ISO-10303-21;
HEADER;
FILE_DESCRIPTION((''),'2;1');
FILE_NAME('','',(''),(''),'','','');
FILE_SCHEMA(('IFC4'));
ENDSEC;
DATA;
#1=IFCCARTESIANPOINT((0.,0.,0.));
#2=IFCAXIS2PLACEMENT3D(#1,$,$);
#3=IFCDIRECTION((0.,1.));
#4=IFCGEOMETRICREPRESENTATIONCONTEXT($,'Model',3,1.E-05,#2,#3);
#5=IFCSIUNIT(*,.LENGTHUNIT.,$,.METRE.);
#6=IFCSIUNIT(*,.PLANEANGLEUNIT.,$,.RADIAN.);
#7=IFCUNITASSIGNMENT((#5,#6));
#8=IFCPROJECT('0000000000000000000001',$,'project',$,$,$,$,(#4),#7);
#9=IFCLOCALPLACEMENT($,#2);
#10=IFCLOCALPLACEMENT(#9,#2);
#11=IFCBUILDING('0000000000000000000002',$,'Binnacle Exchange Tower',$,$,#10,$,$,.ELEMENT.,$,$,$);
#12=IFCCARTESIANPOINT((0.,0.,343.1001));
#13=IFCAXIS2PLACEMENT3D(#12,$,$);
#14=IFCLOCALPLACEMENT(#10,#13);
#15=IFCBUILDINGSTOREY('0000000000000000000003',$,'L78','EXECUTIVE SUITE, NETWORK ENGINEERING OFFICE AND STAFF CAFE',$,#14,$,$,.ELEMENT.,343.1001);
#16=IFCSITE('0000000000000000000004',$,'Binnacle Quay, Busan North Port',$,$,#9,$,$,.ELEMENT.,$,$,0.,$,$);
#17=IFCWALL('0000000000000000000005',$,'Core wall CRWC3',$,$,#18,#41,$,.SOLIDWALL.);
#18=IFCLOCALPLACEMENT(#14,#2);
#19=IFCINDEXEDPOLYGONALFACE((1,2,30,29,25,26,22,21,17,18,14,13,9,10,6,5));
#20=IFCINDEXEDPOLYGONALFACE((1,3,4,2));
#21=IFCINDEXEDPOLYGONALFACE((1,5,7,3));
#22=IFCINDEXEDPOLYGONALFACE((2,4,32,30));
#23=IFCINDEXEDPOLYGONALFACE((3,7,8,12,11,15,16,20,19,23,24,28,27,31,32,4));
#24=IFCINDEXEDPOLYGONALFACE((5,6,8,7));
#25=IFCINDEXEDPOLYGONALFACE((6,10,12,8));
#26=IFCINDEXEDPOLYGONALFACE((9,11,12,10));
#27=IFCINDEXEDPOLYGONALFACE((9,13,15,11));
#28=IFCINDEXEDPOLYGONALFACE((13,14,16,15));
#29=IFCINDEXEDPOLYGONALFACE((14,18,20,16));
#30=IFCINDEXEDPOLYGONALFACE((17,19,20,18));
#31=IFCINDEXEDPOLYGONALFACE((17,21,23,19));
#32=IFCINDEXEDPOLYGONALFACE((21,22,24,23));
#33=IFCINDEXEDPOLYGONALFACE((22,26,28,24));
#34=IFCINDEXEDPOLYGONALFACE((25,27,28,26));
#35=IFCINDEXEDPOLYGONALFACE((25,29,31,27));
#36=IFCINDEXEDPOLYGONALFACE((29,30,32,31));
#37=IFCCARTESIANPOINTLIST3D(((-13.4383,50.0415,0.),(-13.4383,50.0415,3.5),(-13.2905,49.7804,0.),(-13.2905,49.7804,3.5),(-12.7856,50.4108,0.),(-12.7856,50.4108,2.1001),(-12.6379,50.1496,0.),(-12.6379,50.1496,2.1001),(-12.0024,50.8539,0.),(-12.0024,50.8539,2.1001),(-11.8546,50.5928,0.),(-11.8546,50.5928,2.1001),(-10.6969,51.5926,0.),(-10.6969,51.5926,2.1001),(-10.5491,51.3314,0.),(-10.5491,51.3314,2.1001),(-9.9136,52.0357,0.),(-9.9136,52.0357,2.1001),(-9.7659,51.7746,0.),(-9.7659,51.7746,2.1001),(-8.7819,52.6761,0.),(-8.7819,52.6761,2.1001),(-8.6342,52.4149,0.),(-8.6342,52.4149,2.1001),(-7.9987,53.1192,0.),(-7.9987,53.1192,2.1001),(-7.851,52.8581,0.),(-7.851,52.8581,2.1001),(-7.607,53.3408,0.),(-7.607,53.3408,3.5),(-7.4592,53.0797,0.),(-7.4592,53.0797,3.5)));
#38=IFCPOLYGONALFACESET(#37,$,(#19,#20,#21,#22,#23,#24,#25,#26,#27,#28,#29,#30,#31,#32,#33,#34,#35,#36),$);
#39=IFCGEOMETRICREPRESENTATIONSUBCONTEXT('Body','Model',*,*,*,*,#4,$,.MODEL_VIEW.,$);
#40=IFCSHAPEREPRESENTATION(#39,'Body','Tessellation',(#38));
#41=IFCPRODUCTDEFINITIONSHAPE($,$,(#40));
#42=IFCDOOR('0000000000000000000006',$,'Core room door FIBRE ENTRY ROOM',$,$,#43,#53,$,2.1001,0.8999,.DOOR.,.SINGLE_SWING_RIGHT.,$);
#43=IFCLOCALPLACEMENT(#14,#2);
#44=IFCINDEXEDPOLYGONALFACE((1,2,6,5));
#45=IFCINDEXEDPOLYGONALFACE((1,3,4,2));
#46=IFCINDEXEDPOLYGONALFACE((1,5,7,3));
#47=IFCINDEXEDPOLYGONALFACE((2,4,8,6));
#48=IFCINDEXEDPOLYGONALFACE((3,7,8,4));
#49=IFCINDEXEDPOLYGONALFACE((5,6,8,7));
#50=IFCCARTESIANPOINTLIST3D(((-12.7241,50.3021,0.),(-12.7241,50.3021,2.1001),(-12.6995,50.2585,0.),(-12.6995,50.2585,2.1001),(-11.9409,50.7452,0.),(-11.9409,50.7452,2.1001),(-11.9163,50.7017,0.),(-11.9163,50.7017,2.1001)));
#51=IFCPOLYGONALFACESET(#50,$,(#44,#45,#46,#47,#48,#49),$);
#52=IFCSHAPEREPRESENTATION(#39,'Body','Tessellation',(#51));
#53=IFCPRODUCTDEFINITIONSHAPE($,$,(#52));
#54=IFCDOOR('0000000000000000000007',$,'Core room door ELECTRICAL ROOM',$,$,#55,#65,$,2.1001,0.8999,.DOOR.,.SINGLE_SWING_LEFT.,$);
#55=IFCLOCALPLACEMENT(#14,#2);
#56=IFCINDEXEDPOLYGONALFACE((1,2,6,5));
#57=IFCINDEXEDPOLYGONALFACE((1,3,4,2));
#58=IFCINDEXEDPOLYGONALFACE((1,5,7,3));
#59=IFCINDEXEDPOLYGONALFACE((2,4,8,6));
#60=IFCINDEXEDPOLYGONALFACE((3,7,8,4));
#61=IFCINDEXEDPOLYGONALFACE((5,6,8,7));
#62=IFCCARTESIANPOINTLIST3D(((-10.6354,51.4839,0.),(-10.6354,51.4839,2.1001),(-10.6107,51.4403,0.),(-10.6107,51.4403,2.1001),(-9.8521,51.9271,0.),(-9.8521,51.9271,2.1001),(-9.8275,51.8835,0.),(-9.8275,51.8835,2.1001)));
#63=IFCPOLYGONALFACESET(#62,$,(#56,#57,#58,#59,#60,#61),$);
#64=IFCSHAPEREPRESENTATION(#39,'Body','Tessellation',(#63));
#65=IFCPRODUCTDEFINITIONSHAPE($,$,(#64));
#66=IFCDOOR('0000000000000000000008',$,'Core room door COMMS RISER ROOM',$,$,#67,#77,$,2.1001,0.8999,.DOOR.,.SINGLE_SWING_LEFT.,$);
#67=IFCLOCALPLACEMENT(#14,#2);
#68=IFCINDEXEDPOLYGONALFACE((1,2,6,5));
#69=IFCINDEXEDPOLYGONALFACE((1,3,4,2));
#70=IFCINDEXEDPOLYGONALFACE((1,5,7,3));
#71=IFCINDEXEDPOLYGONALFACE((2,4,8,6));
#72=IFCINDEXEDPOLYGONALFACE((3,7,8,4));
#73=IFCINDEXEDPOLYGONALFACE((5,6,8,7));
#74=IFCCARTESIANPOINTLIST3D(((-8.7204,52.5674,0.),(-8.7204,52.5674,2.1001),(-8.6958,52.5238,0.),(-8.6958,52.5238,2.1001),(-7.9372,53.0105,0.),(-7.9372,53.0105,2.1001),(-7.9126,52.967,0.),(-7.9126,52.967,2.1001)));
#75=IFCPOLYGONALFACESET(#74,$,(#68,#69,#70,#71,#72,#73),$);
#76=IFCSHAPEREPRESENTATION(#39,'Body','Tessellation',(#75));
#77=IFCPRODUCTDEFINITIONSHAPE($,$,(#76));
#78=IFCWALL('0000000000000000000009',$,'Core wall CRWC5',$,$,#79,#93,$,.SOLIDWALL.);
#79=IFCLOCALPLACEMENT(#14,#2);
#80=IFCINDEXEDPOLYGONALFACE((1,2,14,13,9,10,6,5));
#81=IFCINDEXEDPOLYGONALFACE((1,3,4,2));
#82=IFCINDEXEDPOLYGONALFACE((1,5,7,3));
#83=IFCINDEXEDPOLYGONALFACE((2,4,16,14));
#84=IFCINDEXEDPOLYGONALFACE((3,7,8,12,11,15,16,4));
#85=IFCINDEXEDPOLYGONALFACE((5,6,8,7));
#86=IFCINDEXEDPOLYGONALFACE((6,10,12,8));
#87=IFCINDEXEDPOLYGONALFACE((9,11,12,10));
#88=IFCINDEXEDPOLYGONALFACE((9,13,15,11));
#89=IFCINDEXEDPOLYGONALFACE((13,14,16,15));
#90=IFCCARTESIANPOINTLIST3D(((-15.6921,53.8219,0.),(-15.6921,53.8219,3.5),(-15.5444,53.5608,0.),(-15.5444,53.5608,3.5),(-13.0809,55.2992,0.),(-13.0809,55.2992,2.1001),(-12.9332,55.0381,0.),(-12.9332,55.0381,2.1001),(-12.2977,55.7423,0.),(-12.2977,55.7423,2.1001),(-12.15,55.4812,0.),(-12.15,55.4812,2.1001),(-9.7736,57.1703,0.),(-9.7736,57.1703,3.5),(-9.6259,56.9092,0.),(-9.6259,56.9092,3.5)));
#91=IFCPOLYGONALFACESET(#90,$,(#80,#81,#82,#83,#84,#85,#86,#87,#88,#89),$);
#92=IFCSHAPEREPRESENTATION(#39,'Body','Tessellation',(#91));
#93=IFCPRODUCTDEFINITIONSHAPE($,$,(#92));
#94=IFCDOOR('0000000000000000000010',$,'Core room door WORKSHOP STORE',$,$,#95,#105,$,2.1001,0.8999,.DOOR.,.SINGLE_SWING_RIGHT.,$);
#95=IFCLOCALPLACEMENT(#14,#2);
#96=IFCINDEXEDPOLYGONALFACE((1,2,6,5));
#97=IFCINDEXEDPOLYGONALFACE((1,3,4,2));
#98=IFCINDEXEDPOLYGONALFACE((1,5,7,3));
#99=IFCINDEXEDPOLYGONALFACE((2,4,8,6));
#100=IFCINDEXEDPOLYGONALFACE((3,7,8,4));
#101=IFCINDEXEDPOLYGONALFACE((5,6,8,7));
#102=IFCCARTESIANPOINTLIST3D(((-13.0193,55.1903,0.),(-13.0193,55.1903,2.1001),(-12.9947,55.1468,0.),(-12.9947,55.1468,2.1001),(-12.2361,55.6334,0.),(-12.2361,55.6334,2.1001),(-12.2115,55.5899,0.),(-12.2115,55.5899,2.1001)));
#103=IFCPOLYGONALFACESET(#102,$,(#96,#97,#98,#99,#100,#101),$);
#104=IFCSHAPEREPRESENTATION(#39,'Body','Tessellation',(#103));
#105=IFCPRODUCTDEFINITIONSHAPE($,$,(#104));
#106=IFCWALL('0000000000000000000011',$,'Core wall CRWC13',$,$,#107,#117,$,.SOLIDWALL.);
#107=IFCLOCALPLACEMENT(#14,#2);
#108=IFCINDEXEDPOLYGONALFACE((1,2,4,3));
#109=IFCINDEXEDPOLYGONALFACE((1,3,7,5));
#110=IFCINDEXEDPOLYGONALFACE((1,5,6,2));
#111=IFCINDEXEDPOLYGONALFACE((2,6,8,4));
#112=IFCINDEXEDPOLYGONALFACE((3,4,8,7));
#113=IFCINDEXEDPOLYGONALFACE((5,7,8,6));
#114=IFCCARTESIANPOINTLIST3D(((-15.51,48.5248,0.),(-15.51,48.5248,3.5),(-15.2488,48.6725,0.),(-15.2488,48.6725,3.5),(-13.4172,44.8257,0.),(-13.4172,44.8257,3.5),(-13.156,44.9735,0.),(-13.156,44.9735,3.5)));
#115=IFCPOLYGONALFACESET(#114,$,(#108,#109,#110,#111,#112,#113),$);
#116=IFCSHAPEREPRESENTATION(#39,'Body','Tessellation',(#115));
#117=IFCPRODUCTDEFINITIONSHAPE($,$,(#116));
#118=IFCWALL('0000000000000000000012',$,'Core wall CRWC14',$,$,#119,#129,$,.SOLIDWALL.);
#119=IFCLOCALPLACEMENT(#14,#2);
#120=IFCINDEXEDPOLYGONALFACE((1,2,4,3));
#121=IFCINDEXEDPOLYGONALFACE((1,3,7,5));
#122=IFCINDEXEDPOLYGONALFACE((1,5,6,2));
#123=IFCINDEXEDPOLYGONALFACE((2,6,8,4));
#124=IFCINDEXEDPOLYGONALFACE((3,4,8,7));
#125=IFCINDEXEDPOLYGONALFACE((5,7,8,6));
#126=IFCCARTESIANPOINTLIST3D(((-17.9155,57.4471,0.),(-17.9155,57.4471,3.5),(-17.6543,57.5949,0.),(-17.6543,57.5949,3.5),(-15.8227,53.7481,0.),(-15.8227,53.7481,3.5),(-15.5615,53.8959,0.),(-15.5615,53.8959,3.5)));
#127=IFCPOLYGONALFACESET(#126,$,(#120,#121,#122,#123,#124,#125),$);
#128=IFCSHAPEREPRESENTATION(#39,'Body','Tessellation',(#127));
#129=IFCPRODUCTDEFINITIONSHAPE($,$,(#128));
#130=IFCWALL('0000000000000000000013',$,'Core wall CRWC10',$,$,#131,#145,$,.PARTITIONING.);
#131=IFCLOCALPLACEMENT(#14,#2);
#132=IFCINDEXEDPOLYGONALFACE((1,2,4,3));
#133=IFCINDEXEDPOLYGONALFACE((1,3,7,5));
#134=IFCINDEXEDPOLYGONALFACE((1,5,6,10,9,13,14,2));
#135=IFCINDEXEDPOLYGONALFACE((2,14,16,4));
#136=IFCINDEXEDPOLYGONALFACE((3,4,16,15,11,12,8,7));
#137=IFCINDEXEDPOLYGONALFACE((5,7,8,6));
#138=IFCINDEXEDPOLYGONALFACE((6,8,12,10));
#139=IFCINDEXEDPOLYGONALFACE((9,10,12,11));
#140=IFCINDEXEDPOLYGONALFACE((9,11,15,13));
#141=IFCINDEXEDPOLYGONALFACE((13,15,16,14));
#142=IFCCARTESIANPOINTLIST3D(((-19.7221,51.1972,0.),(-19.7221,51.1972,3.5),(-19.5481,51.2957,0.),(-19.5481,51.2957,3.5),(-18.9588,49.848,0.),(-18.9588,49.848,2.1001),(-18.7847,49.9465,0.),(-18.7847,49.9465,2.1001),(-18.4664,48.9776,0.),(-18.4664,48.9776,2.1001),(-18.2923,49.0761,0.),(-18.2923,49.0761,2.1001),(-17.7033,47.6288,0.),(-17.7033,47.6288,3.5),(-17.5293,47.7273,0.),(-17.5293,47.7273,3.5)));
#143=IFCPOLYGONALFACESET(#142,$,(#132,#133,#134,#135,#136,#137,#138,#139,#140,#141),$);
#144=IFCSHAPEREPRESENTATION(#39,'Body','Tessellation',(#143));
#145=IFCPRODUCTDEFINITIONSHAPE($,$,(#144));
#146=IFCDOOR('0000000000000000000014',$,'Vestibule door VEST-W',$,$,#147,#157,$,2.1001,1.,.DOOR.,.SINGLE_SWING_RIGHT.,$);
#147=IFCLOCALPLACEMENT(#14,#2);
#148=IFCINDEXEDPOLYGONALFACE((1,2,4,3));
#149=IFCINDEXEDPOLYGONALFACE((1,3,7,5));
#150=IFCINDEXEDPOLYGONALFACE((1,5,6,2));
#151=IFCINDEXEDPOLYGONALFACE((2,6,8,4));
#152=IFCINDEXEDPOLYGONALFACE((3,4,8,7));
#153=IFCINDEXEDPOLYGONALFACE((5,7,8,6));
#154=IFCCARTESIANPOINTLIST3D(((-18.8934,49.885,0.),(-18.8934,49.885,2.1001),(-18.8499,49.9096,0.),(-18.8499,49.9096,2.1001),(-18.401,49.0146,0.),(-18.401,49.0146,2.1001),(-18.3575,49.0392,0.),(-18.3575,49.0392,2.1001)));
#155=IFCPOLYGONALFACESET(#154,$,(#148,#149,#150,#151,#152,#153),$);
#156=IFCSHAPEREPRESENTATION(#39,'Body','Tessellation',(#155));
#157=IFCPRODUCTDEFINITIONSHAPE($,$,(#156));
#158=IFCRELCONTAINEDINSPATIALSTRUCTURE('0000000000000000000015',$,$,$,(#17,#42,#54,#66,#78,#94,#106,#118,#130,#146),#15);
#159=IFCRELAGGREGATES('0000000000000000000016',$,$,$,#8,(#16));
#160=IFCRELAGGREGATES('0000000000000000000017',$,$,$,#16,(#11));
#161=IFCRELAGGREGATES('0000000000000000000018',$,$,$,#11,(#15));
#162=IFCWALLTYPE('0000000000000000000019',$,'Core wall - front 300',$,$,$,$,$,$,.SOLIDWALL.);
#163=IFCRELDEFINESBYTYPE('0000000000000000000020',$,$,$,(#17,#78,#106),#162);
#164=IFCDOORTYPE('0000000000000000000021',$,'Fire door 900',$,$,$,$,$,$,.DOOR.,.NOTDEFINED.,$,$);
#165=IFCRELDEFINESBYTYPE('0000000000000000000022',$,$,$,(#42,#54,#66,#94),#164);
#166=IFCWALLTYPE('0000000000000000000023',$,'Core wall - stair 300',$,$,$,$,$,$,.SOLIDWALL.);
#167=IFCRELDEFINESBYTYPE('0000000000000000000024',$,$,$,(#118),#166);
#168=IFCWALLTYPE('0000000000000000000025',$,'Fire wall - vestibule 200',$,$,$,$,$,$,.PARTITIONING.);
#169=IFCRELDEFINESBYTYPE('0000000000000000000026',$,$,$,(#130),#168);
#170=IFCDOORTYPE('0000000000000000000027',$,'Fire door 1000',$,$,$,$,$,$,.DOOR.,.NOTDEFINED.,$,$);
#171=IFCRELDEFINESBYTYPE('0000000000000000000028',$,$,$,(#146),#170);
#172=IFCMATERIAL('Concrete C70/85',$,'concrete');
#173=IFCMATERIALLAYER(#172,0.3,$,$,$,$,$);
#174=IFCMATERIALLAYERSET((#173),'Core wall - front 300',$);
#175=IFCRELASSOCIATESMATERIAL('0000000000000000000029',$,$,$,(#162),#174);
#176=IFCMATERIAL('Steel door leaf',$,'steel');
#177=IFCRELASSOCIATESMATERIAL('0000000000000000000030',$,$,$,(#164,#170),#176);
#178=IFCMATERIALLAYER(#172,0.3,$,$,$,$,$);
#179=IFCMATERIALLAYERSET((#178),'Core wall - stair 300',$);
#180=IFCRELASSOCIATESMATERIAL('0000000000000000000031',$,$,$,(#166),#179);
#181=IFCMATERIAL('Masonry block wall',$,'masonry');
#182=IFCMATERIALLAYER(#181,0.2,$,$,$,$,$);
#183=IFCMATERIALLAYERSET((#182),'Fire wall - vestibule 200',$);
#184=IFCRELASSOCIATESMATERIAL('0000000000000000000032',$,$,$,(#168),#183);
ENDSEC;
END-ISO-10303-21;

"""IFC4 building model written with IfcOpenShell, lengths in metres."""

from ifc_helpers import new_model, si_unit, direction, frame, frame_2d, origin, place, context, subcontext, project, spatial, rectangle, extrude, material, layer, layer_set, type_object, element, fill, save


model = new_model("IFC4")

# Units and contexts
model_context = context("Model", 3, precision=1e-05, world=origin(), true_north=direction((0.0, 1.0)))
body_context = subcontext(model_context, "Body", "Model", "MODEL_VIEW")
ifc_project = project(units=[si_unit("LENGTHUNIT", "METRE"), si_unit("PLANEANGLEUNIT", "RADIAN")], contexts=[model_context])

# Site, building, storey
site_placement = place(None, origin())
site = spatial("IfcSite", under=ifc_project, at=site_placement, Name="Binnacle Quay, Busan North Port", CompositionType="ELEMENT", RefElevation=0.0)
building_placement = place(site_placement, origin())
building = spatial("IfcBuilding", under=site, at=building_placement, Name="Binnacle Exchange Tower", CompositionType="ELEMENT")
storey_placement = place(building_placement, frame((0.0, 0.0, 343.1001)))
storey = spatial("IfcBuildingStorey", under=building, at=storey_placement, Name="L78", Description="EXECUTIVE SUITE, NETWORK ENGINEERING OFFICE AND STAFF CAFE", CompositionType="ELEMENT", Elevation=343.1001)

# Wall, openings, doors
ifc_material_1 = material(Name="Concrete C70/85", Category="concrete")
ifc_layer_1 = layer(ifc_material_1, 0.3)
ifc_layer_set_1 = layer_set([ifc_layer_1], Name="Core wall - front 300")
wall_type_1 = type_object("IfcWallType", Name="Core wall - front 300", PredefinedType="SOLIDWALL", material=ifc_layer_set_1)
wall_1_placement = place(storey_placement, frame((-13.3645, 49.9109, 0.0), z_axis=(0.0, 0.0, 1.0), x_axis=(0.870348, 0.492438, 0.0)))
wall_1 = element("IfcWall", 1, at=wall_1_placement, inside=storey, type_object=wall_type_1, Name="Core wall CRWC3", PredefinedType="SOLIDWALL", context=body_context, shape_type="SweptSolid", body=[
    extrude(rectangle(XDim=6.7, YDim=0.3, at=frame_2d((3.3501, 0.0))), origin(), (0.0, 0.0, 1.0), 3.5),
])
opening_1_placement = place(wall_1_placement, frame((0.75, 0.0, 0.0)))
opening_1 = element("IfcOpeningElement", 2, at=opening_1_placement, cuts=wall_1, PredefinedType="OPENING", context=body_context, shape_type="SweptSolid", body=[
    extrude(rectangle(XDim=0.8999, YDim=2.1001, at=frame_2d((0.45, 1.05))), frame((0.0, 0.1599, 0.0), z_axis=(0.0, -1.0, 0.0), x_axis=(1.0, 0.0, 0.0)), (0.0, 0.0, 1.0), 0.3201),
])
opening_2_placement = place(wall_1_placement, frame((3.1499, 0.0, 0.0)))
opening_2 = element("IfcOpeningElement", 3, at=opening_2_placement, cuts=wall_1, PredefinedType="OPENING", context=body_context, shape_type="SweptSolid", body=[
    extrude(rectangle(XDim=0.8999, YDim=2.1001, at=frame_2d((0.45, 1.05))), frame((0.0, 0.1599, 0.0), z_axis=(0.0, -1.0, 0.0), x_axis=(1.0, 0.0, 0.0)), (0.0, 0.0, 1.0), 0.3201),
])
opening_3_placement = place(wall_1_placement, frame((5.3501, 0.0, 0.0)))
opening_3 = element("IfcOpeningElement", 4, at=opening_3_placement, cuts=wall_1, PredefinedType="OPENING", context=body_context, shape_type="SweptSolid", body=[
    extrude(rectangle(XDim=0.8999, YDim=2.1001, at=frame_2d((0.45, 1.05))), frame((0.0, 0.1599, 0.0), z_axis=(0.0, -1.0, 0.0), x_axis=(1.0, 0.0, 0.0)), (0.0, 0.0, 1.0), 0.3201),
])
ifc_material_2 = material(Name="Steel door leaf", Category="steel")
door_type_1 = type_object("IfcDoorType", Name="Fire door 900", OperationType="NOTDEFINED", PredefinedType="DOOR", material=ifc_material_2)
door_1_placement = place(opening_1_placement, frame((0.8999, 0.0, 0.0), z_axis=(0.0, 0.0, 1.0), x_axis=(-1.0, 0.0, 0.0)))
door_1 = element("IfcDoor", 5, at=door_1_placement, inside=storey, type_object=door_type_1, Name="Core room door FIBRE ENTRY ROOM", OperationType="SINGLE_SWING_RIGHT", OverallHeight=2.1001, OverallWidth=0.8999, PredefinedType="DOOR", context=body_context, shape_type="SweptSolid", body=[
    extrude(rectangle(XDim=0.8999, YDim=2.1001, at=frame_2d((0.45, 1.05))), frame((0.0, 0.0249, 0.0), z_axis=(0.0, -1.0, 0.0), x_axis=(1.0, 0.0, 0.0)), (0.0, 0.0, 1.0), 0.05),
])
fill(opening_1, door_1)
door_2_placement = place(opening_2_placement, frame((0.8999, 0.0, 0.0), z_axis=(0.0, 0.0, 1.0), x_axis=(-1.0, 0.0, 0.0)))
door_2 = element("IfcDoor", 6, at=door_2_placement, inside=storey, type_object=door_type_1, Name="Core room door ELECTRICAL ROOM", OperationType="SINGLE_SWING_LEFT", OverallHeight=2.1001, OverallWidth=0.8999, PredefinedType="DOOR", context=body_context, shape_type="SweptSolid", body=[
    extrude(rectangle(XDim=0.8999, YDim=2.1001, at=frame_2d((0.45, 1.05))), frame((0.0, 0.0249, 0.0), z_axis=(0.0, -1.0, 0.0), x_axis=(1.0, 0.0, 0.0)), (0.0, 0.0, 1.0), 0.05),
])
fill(opening_2, door_2)
door_3_placement = place(opening_3_placement, frame((0.8999, 0.0, 0.0), z_axis=(0.0, 0.0, 1.0), x_axis=(-1.0, 0.0, 0.0)))
door_3 = element("IfcDoor", 7, at=door_3_placement, inside=storey, type_object=door_type_1, Name="Core room door COMMS RISER ROOM", OperationType="SINGLE_SWING_LEFT", OverallHeight=2.1001, OverallWidth=0.8999, PredefinedType="DOOR", context=body_context, shape_type="SweptSolid", body=[
    extrude(rectangle(XDim=0.8999, YDim=2.1001, at=frame_2d((0.45, 1.05))), frame((0.0, 0.0249, 0.0), z_axis=(0.0, -1.0, 0.0), x_axis=(1.0, 0.0, 0.0)), (0.0, 0.0, 1.0), 0.05),
])
fill(opening_3, door_3)

# Wall, opening, door
wall_2_placement = place(storey_placement, frame((-15.6182, 53.6914, 0.0), z_axis=(0.0, 0.0, 1.0), x_axis=(0.870363, 0.492411, 0.0)))
wall_2 = element("IfcWall", 8, at=wall_2_placement, inside=storey, type_object=wall_type_1, Name="Core wall CRWC5", PredefinedType="SOLIDWALL", context=body_context, shape_type="SweptSolid", body=[
    extrude(rectangle(XDim=6.8, YDim=0.3, at=frame_2d((3.3999, 0.0))), origin(), (0.0, 0.0, 1.0), 3.5),
])
opening_4_placement = place(wall_2_placement, frame((3.0, 0.0, 0.0)))
opening_4 = element("IfcOpeningElement", 9, at=opening_4_placement, cuts=wall_2, PredefinedType="OPENING", context=body_context, shape_type="SweptSolid", body=[
    extrude(rectangle(XDim=0.8999, YDim=2.1001, at=frame_2d((0.45, 1.05))), frame((0.0, 0.1599, 0.0), z_axis=(0.0, -1.0, 0.0), x_axis=(1.0, 0.0, 0.0)), (0.0, 0.0, 1.0), 0.3201),
])
door_4_placement = place(opening_4_placement, origin())
door_4 = element("IfcDoor", 10, at=door_4_placement, inside=storey, type_object=door_type_1, Name="Core room door WORKSHOP STORE", OperationType="SINGLE_SWING_RIGHT", OverallHeight=2.1001, OverallWidth=0.8999, PredefinedType="DOOR", context=body_context, shape_type="SweptSolid", body=[
    extrude(rectangle(XDim=0.8999, YDim=2.1001, at=frame_2d((0.45, 1.05))), frame((0.0, 0.0249, 0.0), z_axis=(0.0, -1.0, 0.0), x_axis=(1.0, 0.0, 0.0)), (0.0, 0.0, 1.0), 0.05),
])
fill(opening_4, door_4)

# Walls
wall_3_placement = place(storey_placement, frame((-15.3794, 48.5986, 0.0), z_axis=(0.0, 0.0, 1.0), x_axis=(0.492423, -0.870356, 0.0)))
element("IfcWall", 11, at=wall_3_placement, inside=storey, type_object=wall_type_1, Name="Core wall CRWC13", PredefinedType="SOLIDWALL", context=body_context, shape_type="SweptSolid", body=[
    extrude(rectangle(XDim=4.25, YDim=0.3, at=frame_2d((2.125, 0.0))), origin(), (0.0, 0.0, 1.0), 3.5),
])
ifc_layer_2 = layer(ifc_material_1, 0.3)
ifc_layer_set_2 = layer_set([ifc_layer_2], Name="Core wall - stair 300")
wall_type_2 = type_object("IfcWallType", Name="Core wall - stair 300", PredefinedType="SOLIDWALL", material=ifc_layer_set_2)
wall_4_placement = place(storey_placement, frame((-17.7849, 57.521, 0.0), z_axis=(0.0, 0.0, 1.0), x_axis=(0.492423, -0.870356, 0.0)))
element("IfcWall", 12, at=wall_4_placement, inside=storey, type_object=wall_type_2, Name="Core wall CRWC14", PredefinedType="SOLIDWALL", context=body_context, shape_type="SweptSolid", body=[
    extrude(rectangle(XDim=4.25, YDim=0.3, at=frame_2d((2.125, 0.0))), origin(), (0.0, 0.0, 1.0), 3.5),
])

# Wall, opening, door
ifc_material_3 = material(Name="Masonry block wall", Category="masonry")
ifc_layer_3 = layer(ifc_material_3, 0.2)
ifc_layer_set_3 = layer_set([ifc_layer_3], Name="Fire wall - vestibule 200")
wall_type_3 = type_object("IfcWallType", Name="Fire wall - vestibule 200", PredefinedType="PARTITIONING", material=ifc_layer_set_3)
wall_5_placement = place(storey_placement, frame((-19.635, 51.2463, 0.0), z_axis=(0.0, 0.0, 1.0), x_axis=(0.492408, -0.870364, 0.0)))
wall_5 = element("IfcWall", 13, at=wall_5_placement, inside=storey, type_object=wall_type_3, Name="Core wall CRWC10", PredefinedType="PARTITIONING", context=body_context, shape_type="SweptSolid", body=[
    extrude(rectangle(XDim=4.0999, YDim=0.2, at=frame_2d((2.0498, 0.0))), origin(), (0.0, 0.0, 1.0), 3.5),
])
opening_5_placement = place(wall_5_placement, frame((1.55, 0.0, 0.0)))
opening_5 = element("IfcOpeningElement", 14, at=opening_5_placement, cuts=wall_5, PredefinedType="OPENING", context=body_context, shape_type="SweptSolid", body=[
    extrude(rectangle(XDim=1.0, YDim=2.1001, at=frame_2d((0.5, 1.05))), frame((0.0, 0.1099, 0.0), z_axis=(0.0, -1.0, 0.0), x_axis=(1.0, 0.0, 0.0)), (0.0, 0.0, 1.0), 0.22),
])
door_type_2 = type_object("IfcDoorType", Name="Fire door 1000", OperationType="NOTDEFINED", PredefinedType="DOOR", material=ifc_material_2)
door_5_placement = place(opening_5_placement, frame((1.0, 0.0, 0.0), z_axis=(0.0, 0.0, 1.0), x_axis=(-1.0, 0.0, 0.0)))
door_5 = element("IfcDoor", 15, at=door_5_placement, inside=storey, type_object=door_type_2, Name="Vestibule door VEST-W", OperationType="SINGLE_SWING_RIGHT", OverallHeight=2.1001, OverallWidth=1.0, PredefinedType="DOOR", context=body_context, shape_type="SweptSolid", body=[
    extrude(rectangle(XDim=1.0, YDim=2.1001, at=frame_2d((0.5, 1.05))), frame((0.0, 0.0249, 0.0), z_axis=(0.0, -1.0, 0.0), x_axis=(1.0, 0.0, 0.0)), (0.0, 0.0, 1.0), 0.05),
])
fill(opening_5, door_5)

save(model, "model.ifc")
